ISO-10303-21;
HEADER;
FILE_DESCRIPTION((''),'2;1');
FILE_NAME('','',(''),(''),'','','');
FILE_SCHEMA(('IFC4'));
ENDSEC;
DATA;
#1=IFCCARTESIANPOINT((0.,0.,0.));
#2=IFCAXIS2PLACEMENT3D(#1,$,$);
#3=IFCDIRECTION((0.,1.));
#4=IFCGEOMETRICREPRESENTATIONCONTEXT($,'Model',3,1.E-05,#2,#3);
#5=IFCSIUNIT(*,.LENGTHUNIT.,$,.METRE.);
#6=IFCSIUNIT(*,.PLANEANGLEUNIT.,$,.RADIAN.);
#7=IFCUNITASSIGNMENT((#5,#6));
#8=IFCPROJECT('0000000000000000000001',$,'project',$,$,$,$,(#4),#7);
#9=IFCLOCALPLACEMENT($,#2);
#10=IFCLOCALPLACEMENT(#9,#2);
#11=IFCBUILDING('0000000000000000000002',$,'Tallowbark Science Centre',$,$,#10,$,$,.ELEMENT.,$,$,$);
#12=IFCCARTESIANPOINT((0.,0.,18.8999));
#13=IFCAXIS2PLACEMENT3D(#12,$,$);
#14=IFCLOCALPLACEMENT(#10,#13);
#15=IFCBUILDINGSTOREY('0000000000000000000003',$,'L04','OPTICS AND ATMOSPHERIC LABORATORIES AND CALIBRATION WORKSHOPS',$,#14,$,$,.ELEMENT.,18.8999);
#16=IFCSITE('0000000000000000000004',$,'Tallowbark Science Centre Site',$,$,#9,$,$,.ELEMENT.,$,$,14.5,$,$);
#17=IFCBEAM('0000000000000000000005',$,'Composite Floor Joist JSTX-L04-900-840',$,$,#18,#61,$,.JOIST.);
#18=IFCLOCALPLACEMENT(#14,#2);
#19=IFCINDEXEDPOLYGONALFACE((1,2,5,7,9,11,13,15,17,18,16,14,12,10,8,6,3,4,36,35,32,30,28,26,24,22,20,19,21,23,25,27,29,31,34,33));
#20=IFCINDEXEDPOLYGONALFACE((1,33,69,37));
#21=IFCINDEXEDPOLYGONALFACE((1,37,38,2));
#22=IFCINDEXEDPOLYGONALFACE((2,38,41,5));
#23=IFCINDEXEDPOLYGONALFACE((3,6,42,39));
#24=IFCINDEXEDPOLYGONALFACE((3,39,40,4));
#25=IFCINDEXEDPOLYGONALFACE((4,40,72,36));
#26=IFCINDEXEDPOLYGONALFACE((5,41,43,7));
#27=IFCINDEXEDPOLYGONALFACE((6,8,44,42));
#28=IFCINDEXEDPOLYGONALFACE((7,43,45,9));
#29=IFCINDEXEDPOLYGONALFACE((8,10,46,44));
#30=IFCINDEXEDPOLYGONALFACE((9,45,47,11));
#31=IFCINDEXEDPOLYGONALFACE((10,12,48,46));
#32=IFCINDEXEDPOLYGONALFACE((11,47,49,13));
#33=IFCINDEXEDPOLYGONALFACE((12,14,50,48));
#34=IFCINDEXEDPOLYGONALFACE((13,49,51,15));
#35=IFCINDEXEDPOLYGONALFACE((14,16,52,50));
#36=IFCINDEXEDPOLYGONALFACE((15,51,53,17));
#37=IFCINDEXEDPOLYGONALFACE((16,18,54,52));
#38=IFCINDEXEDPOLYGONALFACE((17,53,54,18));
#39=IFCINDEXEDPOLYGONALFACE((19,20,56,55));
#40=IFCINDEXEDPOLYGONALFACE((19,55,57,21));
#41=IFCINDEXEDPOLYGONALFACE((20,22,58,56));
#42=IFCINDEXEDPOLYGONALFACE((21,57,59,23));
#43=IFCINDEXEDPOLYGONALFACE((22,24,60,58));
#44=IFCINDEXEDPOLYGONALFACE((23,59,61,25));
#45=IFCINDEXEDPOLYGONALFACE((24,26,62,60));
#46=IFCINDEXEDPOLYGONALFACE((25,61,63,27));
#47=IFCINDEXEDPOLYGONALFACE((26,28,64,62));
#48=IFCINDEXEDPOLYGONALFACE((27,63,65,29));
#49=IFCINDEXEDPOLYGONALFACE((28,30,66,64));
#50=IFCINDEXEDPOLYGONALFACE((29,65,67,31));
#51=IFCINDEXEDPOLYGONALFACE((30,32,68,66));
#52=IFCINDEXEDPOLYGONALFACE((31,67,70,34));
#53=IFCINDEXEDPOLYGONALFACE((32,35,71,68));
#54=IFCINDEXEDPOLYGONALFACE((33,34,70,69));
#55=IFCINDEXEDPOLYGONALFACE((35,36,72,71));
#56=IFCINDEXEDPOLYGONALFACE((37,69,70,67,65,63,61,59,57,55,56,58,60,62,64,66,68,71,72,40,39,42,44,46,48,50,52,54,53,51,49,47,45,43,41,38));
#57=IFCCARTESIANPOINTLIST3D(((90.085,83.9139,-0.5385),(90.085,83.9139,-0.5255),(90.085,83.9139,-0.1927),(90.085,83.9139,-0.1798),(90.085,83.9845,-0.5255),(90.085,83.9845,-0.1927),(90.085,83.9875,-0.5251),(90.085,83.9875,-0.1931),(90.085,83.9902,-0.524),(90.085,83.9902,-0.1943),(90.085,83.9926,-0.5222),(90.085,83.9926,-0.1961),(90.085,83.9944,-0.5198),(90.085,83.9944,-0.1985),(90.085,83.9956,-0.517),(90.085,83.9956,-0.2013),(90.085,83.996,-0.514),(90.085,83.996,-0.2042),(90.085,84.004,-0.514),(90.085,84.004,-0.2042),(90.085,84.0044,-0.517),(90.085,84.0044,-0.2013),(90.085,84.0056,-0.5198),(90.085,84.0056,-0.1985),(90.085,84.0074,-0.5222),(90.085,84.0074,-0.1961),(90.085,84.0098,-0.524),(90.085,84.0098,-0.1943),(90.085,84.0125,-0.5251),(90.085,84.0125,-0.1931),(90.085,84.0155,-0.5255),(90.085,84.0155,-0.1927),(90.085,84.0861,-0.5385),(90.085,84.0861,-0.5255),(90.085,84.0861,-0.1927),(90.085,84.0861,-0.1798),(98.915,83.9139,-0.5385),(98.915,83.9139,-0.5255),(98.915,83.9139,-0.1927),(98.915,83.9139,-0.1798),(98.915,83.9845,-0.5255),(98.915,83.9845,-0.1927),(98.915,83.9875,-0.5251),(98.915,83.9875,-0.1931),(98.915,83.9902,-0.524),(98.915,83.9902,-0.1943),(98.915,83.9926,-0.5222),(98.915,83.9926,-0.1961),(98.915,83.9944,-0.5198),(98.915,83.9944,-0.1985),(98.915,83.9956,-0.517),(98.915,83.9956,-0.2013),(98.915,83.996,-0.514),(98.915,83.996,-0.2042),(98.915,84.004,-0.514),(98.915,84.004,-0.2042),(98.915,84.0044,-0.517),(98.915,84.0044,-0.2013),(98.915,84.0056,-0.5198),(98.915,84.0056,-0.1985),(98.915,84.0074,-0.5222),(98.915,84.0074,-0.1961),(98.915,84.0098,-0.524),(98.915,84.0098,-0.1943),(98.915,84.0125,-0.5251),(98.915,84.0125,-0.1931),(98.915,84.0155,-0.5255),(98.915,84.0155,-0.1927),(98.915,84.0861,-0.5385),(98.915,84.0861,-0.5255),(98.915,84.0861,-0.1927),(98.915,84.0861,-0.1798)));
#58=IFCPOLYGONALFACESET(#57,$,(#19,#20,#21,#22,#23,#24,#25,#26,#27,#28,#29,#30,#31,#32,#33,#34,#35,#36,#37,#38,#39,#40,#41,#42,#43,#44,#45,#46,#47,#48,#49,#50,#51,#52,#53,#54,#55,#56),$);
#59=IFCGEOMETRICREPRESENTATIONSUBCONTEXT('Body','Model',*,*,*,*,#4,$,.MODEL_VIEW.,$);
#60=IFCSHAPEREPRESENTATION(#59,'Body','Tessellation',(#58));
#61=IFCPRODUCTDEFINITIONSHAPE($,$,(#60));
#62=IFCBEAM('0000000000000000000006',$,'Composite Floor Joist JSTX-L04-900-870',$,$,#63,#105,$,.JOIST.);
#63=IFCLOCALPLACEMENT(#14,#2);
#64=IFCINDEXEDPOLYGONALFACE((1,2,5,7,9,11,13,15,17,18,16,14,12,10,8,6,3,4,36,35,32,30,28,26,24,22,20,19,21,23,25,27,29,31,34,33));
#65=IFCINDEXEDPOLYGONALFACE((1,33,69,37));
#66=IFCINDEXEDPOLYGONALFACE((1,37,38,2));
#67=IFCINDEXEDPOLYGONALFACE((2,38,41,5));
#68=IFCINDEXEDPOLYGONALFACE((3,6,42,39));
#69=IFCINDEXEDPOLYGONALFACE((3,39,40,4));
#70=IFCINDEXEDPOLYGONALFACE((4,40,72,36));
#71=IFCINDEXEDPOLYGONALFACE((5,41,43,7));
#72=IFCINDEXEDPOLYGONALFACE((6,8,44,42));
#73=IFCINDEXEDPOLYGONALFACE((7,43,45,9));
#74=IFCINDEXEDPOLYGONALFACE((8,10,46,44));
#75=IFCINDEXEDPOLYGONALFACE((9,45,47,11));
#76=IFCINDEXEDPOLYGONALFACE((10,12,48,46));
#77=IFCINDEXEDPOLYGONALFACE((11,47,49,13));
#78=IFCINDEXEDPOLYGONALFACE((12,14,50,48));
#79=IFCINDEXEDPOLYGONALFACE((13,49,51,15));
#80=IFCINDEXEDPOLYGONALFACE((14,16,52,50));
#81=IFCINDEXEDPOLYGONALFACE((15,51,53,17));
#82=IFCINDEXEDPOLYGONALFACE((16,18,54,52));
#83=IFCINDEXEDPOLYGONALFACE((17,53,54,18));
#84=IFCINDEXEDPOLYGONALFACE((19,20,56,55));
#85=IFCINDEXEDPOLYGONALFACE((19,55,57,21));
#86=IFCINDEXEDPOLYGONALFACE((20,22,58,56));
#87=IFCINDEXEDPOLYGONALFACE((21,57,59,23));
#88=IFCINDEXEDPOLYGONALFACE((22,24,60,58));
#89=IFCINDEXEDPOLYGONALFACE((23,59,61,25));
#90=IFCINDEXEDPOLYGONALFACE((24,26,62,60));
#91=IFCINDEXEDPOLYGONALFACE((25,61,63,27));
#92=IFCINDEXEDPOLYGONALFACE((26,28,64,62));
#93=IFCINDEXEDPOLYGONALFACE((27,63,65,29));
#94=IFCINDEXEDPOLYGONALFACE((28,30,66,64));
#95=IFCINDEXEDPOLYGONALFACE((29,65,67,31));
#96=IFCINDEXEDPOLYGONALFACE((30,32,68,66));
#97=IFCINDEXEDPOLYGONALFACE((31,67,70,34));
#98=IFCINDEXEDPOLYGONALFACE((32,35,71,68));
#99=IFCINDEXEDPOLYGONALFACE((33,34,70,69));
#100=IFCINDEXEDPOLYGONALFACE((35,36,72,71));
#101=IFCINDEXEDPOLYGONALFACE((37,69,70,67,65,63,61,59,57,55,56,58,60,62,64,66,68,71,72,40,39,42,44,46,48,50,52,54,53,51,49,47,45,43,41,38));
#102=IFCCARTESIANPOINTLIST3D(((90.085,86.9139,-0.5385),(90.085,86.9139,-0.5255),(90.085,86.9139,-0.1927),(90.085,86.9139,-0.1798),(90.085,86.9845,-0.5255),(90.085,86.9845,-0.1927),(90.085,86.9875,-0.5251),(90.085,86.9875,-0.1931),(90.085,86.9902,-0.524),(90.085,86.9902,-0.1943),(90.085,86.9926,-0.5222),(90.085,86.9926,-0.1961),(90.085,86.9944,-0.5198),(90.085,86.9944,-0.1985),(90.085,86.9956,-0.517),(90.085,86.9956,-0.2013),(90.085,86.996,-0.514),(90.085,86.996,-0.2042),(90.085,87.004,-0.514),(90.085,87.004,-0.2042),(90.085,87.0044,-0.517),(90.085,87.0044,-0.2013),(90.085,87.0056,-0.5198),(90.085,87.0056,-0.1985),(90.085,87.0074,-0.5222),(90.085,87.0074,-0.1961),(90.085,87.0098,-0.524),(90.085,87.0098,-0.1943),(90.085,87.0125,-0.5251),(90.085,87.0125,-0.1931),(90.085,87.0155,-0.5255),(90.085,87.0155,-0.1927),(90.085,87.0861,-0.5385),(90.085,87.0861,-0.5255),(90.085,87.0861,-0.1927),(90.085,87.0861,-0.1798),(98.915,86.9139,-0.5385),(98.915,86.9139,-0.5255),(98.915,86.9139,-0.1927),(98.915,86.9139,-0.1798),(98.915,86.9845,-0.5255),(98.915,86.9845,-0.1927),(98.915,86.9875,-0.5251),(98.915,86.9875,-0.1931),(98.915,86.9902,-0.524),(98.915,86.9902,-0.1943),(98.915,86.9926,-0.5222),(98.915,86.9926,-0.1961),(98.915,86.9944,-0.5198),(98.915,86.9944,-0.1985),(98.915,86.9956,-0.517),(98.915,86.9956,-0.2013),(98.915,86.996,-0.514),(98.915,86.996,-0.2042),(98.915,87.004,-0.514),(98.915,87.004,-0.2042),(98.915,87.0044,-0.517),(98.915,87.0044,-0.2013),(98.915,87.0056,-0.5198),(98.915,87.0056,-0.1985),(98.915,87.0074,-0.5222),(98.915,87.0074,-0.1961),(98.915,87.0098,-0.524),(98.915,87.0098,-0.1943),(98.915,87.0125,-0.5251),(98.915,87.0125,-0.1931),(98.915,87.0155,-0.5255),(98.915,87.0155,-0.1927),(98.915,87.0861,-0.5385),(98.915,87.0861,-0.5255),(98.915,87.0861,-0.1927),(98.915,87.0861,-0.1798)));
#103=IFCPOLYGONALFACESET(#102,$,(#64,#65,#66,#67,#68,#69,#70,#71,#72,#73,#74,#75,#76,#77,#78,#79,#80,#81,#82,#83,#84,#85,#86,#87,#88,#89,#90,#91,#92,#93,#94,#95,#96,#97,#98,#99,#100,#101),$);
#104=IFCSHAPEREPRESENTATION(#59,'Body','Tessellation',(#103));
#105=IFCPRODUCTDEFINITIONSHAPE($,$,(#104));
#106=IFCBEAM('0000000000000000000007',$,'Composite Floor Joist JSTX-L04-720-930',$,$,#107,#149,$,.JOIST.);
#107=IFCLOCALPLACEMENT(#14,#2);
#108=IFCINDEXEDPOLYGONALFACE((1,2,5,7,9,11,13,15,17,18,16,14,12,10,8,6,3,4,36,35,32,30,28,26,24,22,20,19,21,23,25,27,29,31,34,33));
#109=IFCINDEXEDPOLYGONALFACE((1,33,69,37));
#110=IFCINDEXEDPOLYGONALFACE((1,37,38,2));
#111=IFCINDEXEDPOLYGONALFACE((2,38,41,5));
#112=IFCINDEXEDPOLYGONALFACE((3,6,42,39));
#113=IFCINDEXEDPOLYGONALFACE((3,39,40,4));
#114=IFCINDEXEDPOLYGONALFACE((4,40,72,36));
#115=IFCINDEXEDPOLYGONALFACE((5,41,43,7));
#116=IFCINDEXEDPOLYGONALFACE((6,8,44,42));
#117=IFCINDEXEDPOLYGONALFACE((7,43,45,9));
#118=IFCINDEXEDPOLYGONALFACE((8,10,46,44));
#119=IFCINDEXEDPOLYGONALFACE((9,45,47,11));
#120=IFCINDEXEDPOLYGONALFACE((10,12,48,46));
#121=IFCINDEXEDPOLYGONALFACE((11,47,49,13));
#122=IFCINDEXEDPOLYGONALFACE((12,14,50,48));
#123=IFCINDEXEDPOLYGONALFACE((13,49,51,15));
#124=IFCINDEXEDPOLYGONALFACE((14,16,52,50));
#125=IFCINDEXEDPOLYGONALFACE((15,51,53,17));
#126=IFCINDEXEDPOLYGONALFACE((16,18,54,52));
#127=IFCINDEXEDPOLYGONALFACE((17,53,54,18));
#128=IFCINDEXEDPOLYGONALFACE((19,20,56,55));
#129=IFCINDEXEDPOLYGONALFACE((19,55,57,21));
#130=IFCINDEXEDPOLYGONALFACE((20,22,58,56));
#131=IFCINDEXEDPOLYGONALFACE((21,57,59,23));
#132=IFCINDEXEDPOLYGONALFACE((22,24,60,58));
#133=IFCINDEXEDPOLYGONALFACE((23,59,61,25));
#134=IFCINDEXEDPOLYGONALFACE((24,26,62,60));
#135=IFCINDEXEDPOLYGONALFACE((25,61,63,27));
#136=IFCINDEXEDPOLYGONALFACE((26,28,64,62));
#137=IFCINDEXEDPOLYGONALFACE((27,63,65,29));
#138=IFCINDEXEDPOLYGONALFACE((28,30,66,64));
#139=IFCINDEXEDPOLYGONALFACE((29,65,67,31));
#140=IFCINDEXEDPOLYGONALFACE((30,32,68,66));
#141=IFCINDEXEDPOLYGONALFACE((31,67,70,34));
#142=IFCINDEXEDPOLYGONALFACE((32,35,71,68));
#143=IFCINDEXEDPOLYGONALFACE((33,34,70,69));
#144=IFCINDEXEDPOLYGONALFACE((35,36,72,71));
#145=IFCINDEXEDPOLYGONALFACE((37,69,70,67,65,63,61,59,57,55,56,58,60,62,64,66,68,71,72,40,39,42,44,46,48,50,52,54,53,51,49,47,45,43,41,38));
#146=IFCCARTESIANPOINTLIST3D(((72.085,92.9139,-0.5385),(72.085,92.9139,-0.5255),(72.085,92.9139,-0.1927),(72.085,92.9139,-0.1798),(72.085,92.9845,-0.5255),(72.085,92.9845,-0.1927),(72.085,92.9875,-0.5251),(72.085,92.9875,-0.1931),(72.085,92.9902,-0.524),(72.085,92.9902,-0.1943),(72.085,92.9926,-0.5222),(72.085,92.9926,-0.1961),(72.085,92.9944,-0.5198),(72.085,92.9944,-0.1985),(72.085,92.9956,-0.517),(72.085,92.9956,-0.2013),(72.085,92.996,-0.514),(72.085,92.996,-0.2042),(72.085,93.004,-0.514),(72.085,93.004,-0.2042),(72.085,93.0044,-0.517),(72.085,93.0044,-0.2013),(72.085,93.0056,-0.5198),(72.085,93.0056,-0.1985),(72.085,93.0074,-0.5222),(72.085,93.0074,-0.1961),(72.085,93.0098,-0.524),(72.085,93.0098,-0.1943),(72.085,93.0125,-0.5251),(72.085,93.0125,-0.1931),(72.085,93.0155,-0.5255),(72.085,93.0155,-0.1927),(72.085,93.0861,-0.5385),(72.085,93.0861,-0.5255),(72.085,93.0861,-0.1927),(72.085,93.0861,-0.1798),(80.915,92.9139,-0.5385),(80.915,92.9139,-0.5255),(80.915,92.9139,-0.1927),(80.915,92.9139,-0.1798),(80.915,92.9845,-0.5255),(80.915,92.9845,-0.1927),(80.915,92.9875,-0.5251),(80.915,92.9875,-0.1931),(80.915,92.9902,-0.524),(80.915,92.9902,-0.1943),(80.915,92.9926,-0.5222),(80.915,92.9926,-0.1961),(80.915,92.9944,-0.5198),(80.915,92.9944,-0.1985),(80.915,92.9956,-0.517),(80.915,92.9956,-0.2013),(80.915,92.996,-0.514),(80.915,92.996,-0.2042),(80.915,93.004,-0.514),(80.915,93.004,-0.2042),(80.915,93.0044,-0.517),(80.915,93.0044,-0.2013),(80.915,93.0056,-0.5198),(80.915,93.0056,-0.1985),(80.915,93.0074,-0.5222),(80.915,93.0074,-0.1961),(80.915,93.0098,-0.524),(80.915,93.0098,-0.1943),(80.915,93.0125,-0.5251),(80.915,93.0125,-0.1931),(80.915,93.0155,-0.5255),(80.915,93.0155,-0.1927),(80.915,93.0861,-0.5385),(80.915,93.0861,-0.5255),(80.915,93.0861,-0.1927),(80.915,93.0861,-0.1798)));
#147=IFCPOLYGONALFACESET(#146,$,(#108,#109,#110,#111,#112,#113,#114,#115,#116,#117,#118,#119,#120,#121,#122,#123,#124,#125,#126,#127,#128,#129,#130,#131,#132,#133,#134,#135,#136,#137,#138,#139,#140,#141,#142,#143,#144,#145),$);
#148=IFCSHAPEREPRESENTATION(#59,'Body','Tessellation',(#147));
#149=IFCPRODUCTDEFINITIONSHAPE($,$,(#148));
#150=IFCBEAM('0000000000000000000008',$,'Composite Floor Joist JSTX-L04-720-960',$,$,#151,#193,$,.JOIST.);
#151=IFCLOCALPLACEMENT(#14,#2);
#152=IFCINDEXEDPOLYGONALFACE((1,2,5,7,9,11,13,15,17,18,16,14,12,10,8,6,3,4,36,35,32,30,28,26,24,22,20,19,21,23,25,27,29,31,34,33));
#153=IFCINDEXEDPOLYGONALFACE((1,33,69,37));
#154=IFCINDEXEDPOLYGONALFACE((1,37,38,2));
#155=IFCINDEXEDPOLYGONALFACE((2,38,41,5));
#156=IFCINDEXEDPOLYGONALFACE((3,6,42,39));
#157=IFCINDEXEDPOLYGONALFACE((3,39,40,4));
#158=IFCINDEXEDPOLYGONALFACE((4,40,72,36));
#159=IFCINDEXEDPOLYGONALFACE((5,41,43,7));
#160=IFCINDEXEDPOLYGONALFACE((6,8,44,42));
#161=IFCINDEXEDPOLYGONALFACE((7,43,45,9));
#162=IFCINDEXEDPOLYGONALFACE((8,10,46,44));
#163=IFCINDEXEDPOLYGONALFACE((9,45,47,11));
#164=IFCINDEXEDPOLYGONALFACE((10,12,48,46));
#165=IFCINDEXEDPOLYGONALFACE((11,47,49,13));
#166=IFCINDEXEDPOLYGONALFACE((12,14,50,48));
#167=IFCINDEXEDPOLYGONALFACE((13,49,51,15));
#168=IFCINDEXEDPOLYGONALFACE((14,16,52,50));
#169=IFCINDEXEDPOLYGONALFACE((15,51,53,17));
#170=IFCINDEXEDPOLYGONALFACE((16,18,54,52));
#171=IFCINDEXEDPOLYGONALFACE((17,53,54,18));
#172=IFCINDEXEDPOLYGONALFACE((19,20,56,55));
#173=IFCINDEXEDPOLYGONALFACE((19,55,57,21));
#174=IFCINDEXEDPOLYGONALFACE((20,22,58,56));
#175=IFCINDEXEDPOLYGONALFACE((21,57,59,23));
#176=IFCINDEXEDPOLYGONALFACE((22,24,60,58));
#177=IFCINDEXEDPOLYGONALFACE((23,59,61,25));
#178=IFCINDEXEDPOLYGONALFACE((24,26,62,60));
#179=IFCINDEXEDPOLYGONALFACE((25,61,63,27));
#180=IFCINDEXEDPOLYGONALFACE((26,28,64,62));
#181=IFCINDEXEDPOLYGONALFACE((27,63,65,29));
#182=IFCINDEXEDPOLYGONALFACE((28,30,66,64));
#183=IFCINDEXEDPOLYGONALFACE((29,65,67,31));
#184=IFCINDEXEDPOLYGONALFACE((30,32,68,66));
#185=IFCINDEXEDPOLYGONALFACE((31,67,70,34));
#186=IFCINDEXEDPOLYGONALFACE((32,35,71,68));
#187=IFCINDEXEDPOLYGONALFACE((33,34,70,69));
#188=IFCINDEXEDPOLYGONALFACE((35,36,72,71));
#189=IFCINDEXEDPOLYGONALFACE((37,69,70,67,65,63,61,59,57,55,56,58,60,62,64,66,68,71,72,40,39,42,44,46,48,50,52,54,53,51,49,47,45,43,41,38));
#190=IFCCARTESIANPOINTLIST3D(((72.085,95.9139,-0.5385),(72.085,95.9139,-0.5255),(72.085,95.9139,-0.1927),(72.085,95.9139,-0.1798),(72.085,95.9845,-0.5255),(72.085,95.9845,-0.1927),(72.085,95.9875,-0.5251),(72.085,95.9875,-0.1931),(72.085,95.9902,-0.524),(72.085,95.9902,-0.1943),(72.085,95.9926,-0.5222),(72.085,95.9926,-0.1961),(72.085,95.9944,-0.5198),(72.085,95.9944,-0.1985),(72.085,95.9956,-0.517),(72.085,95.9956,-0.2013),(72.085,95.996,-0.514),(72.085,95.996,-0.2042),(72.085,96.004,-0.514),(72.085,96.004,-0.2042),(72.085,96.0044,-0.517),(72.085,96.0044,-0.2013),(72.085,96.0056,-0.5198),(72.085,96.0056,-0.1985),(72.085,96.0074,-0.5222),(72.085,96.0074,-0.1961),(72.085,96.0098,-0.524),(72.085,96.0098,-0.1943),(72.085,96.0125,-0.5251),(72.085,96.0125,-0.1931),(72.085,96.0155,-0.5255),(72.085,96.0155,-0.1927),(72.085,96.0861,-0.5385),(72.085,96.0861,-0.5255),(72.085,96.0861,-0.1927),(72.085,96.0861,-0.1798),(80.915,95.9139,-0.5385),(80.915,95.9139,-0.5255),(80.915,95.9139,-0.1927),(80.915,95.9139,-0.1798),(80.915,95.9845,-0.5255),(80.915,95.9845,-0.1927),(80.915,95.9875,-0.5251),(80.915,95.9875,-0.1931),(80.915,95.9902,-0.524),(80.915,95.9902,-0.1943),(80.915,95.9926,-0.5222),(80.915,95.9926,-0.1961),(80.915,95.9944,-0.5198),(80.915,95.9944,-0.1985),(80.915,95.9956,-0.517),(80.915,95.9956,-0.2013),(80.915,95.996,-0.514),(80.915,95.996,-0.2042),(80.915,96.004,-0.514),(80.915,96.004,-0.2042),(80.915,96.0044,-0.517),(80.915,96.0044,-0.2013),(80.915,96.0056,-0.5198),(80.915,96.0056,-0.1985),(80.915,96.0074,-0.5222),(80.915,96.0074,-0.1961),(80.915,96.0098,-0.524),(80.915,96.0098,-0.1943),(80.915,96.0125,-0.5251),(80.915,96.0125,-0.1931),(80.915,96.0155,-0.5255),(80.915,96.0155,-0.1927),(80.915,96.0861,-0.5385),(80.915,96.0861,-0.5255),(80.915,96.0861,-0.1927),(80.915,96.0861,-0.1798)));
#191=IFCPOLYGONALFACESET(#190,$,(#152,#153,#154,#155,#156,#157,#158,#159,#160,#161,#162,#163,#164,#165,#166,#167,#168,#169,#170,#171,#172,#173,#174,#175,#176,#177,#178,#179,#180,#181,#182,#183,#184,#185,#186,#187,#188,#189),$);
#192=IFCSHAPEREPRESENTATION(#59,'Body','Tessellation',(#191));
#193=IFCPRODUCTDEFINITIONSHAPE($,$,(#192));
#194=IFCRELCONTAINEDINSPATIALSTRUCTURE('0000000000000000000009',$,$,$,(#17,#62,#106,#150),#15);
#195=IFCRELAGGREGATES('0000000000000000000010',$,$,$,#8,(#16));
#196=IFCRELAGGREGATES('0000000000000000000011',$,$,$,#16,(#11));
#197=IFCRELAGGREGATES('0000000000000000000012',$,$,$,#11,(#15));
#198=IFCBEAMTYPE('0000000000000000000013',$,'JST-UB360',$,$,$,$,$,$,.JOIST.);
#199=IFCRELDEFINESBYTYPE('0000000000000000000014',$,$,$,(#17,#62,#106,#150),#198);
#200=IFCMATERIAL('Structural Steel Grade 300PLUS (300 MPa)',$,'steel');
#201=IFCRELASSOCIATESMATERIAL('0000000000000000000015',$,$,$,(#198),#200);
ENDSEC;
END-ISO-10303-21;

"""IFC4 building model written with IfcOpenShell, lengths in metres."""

from ifc_helpers import new_model, si_unit, direction, frame, origin, origin_2d, place, context, subcontext, project, spatial, i_section, extrude, material, material_profile, profile_set, type_object, element, save


model = new_model("IFC4")

# Units and contexts
model_context = context("Model", 3, precision=1e-05, world=origin(), true_north=direction((0.0, 1.0)))
body_context = subcontext(model_context, "Body", "Model", "MODEL_VIEW")
ifc_project = project(units=[si_unit("LENGTHUNIT", "METRE"), si_unit("PLANEANGLEUNIT", "RADIAN")], contexts=[model_context])

# Site, building, storey
site_placement = place(None, origin())
site = spatial("IfcSite", under=ifc_project, at=site_placement, Name="Tallowbark Science Centre Site", CompositionType="ELEMENT", RefElevation=14.5)
building_placement = place(site_placement, origin())
building = spatial("IfcBuilding", under=site, at=building_placement, Name="Tallowbark Science Centre", CompositionType="ELEMENT")
storey_placement = place(building_placement, frame((0.0, 0.0, 18.8999)))
storey = spatial("IfcBuildingStorey", under=building, at=storey_placement, Name="L04", Description="OPTICS AND ATMOSPHERIC LABORATORIES AND CALIBRATION WORKSHOPS", CompositionType="ELEMENT", Elevation=18.8999)

# Beams
ifc_material = material(Name="Structural Steel Grade 300PLUS (300 MPa)", Category="steel")
ifc_material_profile_1 = material_profile(ifc_material, i_section(OverallWidth=0.1721, OverallDepth=0.3586, WebThickness=0.0081, FlangeThickness=0.0129, FilletRadius=0.0115, at=origin_2d()), Name="360UB56.7")
ifc_profile_set_1 = profile_set([ifc_material_profile_1], Name="Structural Steel Grade 300PLUS (300 MPa)")
beam_type_1 = type_object("IfcBeamType", Name="JST-UB360", PredefinedType="JOIST", material=ifc_profile_set_1)
for number, where, z_axis, x_axis, name in (
    (1, (90.085, 84.0, -0.3591), (1.0, 0.0, 0.0), (0.0, 1.0, 0.0), "Composite Floor Joist JSTX-L04-900-840"),
    (2, (90.085, 87.0, -0.3591), (1.0, 0.0, 0.0), (0.0, 1.0, 0.0), "Composite Floor Joist JSTX-L04-900-870"),
    (3, (72.085, 93.0, -0.3591), (1.0, 0.0, 0.0), (0.0, 1.0, 0.0), "Composite Floor Joist JSTX-L04-720-930"),
    (4, (72.085, 96.0, -0.3591), (1.0, 0.0, 0.0), (0.0, 1.0, 0.0), "Composite Floor Joist JSTX-L04-720-960"),
):
    element("IfcBeam", number, at=place(storey_placement, frame(where, z_axis=z_axis, x_axis=x_axis)), inside=storey, type_object=beam_type_1, Name=name, PredefinedType="JOIST", context=body_context, shape_type="SweptSolid", body=[
        extrude(i_section(OverallWidth=0.1721, OverallDepth=0.3586, WebThickness=0.0081, FlangeThickness=0.0129, FilletRadius=0.0115, at=origin_2d()), origin(), (0.0, 0.0, 1.0), 8.8301),
    ])

save(model, "model.ifc")
